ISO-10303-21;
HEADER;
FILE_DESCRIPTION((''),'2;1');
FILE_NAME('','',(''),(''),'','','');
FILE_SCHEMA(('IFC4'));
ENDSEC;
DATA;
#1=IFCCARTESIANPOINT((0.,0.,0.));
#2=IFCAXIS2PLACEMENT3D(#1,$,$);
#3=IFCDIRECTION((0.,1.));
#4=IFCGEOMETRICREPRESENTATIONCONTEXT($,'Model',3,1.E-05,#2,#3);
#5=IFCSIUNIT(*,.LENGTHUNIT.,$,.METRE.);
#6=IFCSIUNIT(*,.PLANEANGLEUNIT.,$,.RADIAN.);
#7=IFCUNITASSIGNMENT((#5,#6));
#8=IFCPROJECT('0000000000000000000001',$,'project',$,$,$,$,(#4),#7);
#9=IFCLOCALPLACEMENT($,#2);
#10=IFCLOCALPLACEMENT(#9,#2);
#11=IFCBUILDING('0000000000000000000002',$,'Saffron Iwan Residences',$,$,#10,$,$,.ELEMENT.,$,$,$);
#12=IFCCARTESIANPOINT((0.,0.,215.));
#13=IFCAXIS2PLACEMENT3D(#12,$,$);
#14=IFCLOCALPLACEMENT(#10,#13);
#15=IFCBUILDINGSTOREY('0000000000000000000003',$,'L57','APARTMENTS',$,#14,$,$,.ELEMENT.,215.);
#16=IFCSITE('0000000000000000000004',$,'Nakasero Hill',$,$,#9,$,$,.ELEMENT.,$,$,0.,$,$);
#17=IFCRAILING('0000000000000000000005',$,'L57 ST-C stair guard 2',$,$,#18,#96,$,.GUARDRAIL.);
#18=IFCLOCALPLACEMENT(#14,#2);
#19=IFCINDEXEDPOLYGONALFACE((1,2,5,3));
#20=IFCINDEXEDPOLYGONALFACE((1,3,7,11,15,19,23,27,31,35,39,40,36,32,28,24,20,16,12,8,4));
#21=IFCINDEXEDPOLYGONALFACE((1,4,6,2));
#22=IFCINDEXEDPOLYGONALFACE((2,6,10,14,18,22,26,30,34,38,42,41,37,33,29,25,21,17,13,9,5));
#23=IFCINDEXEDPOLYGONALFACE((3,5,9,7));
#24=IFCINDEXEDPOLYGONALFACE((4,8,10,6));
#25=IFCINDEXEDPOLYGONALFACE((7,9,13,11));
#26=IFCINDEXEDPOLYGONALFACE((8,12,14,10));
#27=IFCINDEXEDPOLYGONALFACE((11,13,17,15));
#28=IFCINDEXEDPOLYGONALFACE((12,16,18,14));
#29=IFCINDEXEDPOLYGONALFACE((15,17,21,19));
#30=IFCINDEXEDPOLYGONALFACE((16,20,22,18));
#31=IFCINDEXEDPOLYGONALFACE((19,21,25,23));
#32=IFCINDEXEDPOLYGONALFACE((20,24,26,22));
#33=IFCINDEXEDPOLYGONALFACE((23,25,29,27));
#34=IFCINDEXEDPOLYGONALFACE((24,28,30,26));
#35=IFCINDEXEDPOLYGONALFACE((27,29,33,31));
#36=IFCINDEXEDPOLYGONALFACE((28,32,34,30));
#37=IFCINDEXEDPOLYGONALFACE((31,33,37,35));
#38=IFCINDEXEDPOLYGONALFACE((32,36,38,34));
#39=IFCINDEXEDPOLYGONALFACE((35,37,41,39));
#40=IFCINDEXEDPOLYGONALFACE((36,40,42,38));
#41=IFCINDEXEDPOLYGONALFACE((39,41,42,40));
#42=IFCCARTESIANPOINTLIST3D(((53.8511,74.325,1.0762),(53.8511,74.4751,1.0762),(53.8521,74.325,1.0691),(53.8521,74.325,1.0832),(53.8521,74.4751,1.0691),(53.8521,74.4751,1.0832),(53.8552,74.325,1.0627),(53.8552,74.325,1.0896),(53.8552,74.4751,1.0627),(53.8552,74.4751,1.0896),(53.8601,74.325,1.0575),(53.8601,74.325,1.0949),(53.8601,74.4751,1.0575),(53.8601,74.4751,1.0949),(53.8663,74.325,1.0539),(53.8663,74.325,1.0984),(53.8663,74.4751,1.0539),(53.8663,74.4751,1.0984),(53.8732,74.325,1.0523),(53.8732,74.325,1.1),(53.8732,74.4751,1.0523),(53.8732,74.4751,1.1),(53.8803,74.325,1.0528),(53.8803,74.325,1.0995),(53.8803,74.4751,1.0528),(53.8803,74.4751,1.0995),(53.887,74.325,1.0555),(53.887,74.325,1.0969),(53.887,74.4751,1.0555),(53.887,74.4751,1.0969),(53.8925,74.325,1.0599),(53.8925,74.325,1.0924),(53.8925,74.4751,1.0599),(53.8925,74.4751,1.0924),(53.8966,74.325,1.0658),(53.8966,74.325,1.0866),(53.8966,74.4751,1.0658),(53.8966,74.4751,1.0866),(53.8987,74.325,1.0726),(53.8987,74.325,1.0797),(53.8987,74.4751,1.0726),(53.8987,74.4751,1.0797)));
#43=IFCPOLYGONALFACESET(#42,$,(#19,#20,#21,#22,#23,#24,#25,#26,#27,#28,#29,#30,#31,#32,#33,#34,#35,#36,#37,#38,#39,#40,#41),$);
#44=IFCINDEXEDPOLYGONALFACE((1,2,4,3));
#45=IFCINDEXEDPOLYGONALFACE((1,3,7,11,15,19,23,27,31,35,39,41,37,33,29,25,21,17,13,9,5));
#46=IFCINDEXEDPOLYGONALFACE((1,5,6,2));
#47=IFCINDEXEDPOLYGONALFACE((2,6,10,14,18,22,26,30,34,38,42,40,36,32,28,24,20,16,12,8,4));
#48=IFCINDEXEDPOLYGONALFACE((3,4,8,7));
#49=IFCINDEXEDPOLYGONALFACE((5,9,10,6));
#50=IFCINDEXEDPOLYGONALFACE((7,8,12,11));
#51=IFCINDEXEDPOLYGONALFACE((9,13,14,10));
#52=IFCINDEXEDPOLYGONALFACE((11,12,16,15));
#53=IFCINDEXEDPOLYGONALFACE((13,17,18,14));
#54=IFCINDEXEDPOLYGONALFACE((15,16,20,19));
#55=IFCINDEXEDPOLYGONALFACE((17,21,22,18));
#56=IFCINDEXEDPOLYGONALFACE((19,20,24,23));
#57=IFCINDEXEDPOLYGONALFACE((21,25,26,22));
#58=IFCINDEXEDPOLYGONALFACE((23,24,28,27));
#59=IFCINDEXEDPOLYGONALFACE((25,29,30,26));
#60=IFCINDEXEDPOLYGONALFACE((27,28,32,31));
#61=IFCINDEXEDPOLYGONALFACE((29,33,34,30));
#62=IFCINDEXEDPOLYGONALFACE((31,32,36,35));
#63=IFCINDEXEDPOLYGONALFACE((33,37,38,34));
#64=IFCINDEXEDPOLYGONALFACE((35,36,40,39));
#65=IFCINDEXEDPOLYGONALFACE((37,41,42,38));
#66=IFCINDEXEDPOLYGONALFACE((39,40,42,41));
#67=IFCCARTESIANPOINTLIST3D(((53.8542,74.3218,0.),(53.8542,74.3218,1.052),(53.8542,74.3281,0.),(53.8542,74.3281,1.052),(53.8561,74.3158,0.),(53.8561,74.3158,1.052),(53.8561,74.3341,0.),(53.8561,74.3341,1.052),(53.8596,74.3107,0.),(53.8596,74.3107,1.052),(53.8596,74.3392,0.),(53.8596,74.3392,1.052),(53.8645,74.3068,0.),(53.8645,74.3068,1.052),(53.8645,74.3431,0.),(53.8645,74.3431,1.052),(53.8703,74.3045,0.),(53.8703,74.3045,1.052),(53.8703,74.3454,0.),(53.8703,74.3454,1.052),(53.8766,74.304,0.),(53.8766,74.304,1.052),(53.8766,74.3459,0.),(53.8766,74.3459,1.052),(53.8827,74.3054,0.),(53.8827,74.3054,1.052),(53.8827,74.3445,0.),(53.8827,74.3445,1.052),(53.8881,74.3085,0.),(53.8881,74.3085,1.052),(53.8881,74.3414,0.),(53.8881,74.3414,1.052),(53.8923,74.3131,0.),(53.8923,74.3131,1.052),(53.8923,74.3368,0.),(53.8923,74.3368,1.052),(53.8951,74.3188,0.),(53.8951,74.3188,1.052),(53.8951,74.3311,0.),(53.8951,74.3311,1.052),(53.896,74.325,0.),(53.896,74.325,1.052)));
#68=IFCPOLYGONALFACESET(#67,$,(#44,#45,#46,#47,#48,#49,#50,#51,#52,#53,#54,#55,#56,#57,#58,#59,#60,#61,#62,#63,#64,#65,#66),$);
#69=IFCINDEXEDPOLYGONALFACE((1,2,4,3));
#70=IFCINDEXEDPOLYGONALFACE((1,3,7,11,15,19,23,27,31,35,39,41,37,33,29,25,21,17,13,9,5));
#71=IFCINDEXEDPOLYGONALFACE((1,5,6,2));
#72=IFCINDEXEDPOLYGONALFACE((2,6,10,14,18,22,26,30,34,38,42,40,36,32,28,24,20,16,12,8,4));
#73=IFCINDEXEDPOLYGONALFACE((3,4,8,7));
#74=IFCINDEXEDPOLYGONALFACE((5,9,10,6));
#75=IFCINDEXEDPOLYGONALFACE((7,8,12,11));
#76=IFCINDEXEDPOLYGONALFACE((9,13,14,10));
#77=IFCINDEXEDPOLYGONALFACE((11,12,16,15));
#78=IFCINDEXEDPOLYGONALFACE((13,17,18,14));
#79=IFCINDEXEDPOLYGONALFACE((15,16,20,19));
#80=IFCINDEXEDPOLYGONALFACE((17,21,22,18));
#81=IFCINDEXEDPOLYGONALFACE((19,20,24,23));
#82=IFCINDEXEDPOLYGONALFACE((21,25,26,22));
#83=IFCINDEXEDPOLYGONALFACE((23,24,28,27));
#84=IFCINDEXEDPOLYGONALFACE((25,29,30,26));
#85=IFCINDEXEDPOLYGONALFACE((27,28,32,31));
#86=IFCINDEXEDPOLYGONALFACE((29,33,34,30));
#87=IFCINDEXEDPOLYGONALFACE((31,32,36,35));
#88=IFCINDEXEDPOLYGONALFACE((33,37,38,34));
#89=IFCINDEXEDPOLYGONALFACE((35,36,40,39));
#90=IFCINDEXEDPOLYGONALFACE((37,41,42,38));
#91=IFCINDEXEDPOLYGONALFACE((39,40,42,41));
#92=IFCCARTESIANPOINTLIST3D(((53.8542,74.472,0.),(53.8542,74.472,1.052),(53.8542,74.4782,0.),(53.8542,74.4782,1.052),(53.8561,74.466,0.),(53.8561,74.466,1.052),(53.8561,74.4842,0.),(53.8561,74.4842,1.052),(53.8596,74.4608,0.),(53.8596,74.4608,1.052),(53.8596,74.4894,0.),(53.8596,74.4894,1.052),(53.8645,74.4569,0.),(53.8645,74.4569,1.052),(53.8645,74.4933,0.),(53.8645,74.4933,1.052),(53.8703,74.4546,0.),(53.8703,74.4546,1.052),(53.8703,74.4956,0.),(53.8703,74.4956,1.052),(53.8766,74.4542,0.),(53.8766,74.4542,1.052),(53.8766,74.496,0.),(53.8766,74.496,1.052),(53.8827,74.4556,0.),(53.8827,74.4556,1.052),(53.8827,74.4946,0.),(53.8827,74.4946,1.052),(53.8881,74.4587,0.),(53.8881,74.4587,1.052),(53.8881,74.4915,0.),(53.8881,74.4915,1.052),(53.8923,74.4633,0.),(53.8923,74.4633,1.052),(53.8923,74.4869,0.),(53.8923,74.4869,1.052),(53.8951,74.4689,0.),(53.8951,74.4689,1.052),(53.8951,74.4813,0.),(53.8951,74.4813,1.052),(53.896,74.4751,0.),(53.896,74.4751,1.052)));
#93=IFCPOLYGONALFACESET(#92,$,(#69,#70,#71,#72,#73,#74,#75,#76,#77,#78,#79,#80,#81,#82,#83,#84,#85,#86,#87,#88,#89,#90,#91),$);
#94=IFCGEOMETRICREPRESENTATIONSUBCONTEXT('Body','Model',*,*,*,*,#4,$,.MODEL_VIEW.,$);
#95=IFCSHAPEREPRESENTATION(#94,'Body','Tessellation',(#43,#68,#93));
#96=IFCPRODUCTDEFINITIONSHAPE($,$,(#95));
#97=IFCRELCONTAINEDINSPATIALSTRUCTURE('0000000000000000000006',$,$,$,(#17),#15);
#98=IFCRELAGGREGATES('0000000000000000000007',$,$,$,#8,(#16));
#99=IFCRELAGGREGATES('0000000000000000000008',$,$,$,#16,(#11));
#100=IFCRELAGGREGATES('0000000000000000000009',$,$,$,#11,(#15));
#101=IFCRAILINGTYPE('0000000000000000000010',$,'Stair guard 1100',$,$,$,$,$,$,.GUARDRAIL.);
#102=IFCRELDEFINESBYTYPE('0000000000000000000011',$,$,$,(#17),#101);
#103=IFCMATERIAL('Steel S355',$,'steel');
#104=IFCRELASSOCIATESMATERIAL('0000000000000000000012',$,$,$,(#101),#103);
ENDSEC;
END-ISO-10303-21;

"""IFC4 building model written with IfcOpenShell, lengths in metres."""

from ifc_helpers import new_model, si_unit, direction, frame, origin, origin_2d, place, context, subcontext, project, spatial, circle, extrude, material, type_object, element, save


model = new_model("IFC4")

# Units and contexts
model_context = context("Model", 3, precision=1e-05, world=origin(), true_north=direction((0.0, 1.0)))
body_context = subcontext(model_context, "Body", "Model", "MODEL_VIEW")
ifc_project = project(units=[si_unit("LENGTHUNIT", "METRE"), si_unit("PLANEANGLEUNIT", "RADIAN")], contexts=[model_context])

# Site, building, storey
site_placement = place(None, origin())
site = spatial("IfcSite", under=ifc_project, at=site_placement, Name="Nakasero Hill", CompositionType="ELEMENT", RefElevation=0.0)
building_placement = place(site_placement, origin())
building = spatial("IfcBuilding", under=site, at=building_placement, Name="Saffron Iwan Residences", CompositionType="ELEMENT")
storey_placement = place(building_placement, frame((0.0, 0.0, 215.0)))
storey = spatial("IfcBuildingStorey", under=building, at=storey_placement, Name="L57", Description="APARTMENTS", CompositionType="ELEMENT", Elevation=215.0)

# Railing
ifc_material_1 = material(Name="Steel S355", Category="steel")
railing_type_1 = type_object("IfcRailingType", Name="Stair guard 1100", PredefinedType="GUARDRAIL", material=ifc_material_1)
railing_1_placement = place(storey_placement, frame((53.875, 74.325, 0.0)))
element("IfcRailing", 1, at=railing_1_placement, inside=storey, type_object=railing_type_1, Name="L57 ST-C stair guard 2", PredefinedType="GUARDRAIL", context=body_context, shape_type="SweptSolid", body=[
    extrude(circle(Radius=0.0239, at=origin_2d()), frame((0.0, 0.0, 1.0762), z_axis=(0.0, 1.0, 0.0), x_axis=(-1.0, 0.0, 0.0)), (0.0, 0.0, 1.0), 0.1501),
    extrude(circle(Radius=0.021, at=origin_2d()), origin(), (0.0, 0.0, 1.0), 1.052),
    extrude(circle(Radius=0.021, at=origin_2d()), frame((0.0, 0.1501, 0.0)), (0.0, 0.0, 1.0), 1.052),
])

save(model, "model.ifc")
